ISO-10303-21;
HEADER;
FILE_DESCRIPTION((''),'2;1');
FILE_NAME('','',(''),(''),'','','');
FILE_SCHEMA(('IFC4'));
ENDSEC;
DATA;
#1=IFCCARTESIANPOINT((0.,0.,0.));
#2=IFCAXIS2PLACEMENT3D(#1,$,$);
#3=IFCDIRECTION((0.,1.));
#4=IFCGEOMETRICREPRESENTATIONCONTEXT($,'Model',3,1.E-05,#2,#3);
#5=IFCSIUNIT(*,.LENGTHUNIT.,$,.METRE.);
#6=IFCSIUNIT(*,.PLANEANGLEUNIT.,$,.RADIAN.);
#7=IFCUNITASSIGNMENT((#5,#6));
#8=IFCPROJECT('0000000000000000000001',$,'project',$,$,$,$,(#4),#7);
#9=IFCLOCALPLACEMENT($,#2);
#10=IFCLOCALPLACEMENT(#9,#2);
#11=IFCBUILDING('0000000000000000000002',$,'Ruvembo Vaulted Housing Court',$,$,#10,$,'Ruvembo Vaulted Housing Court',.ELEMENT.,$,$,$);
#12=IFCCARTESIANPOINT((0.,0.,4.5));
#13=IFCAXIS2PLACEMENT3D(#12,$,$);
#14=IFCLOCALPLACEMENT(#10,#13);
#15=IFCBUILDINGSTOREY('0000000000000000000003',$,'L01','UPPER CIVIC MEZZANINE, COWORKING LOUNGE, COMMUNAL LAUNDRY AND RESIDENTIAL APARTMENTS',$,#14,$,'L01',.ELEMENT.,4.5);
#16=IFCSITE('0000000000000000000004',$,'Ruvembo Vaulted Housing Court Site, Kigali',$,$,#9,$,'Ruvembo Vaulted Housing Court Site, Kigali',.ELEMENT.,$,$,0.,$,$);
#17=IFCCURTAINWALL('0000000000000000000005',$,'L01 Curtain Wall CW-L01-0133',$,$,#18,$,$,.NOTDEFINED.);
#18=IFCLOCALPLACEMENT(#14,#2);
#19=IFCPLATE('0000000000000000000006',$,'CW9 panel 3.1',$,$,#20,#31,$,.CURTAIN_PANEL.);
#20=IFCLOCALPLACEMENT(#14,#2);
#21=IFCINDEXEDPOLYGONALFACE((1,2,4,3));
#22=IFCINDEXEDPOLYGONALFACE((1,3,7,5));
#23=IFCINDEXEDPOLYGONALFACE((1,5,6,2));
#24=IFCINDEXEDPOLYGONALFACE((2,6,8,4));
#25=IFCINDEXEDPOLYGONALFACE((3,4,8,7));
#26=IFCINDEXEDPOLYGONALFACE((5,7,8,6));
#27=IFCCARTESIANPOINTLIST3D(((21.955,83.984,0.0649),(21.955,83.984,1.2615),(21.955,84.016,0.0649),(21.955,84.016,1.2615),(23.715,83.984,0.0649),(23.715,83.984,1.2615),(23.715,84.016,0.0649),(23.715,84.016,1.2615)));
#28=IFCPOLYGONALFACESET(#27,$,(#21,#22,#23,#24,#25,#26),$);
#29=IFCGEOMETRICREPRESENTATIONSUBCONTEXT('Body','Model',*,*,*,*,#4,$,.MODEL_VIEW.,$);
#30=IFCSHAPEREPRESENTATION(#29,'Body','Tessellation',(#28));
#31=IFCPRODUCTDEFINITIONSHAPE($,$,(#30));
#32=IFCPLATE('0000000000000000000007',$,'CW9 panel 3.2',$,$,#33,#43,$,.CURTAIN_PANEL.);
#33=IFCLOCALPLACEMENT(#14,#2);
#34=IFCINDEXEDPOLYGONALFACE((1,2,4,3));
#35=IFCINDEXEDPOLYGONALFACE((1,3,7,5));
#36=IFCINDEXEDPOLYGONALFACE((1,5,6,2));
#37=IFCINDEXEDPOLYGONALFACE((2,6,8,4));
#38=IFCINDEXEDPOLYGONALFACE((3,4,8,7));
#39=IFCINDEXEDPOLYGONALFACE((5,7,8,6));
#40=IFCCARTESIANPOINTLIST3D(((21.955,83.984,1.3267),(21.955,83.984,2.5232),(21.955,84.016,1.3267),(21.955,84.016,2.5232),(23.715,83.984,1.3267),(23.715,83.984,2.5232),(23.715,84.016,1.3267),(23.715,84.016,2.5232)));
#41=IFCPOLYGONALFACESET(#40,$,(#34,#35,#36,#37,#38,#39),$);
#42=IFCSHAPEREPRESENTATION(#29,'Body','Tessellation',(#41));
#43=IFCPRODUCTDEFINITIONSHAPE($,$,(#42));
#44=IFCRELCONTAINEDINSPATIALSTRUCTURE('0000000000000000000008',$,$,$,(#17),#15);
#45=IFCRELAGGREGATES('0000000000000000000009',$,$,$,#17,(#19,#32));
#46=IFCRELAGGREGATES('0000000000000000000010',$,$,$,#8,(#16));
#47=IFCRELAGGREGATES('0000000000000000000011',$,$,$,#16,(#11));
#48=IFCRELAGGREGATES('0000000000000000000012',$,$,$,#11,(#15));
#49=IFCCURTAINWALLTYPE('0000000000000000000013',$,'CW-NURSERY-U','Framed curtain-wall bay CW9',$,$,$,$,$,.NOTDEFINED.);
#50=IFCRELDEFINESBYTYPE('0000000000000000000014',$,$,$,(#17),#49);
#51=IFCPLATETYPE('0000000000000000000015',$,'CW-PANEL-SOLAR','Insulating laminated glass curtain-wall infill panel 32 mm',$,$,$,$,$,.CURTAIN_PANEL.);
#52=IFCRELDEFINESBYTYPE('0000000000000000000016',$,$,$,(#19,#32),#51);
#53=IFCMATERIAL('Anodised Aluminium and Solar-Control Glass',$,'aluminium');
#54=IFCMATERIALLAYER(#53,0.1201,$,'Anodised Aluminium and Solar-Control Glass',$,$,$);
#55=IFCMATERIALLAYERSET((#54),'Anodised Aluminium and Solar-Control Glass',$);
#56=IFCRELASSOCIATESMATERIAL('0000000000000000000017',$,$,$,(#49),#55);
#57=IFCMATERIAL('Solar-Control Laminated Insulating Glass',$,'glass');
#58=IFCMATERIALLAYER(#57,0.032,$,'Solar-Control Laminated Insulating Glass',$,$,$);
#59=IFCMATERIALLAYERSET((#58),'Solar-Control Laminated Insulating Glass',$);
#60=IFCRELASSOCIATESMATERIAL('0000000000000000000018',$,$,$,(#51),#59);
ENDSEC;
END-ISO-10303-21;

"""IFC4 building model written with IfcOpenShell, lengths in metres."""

from ifc_helpers import new_model, si_unit, direction, frame, origin, origin_2d, place, context, subcontext, project, spatial, rectangle, extrude, material, layer, layer_set, type_object, element, aggregate, save


model = new_model("IFC4")

# Units and contexts
model_context = context("Model", 3, precision=1e-05, world=origin(), true_north=direction((0.0, 1.0)))
body_context = subcontext(model_context, "Body", "Model", "MODEL_VIEW")
ifc_project = project(units=[si_unit("LENGTHUNIT", "METRE"), si_unit("PLANEANGLEUNIT", "RADIAN")], contexts=[model_context])

# Site, building, storey
site_placement = place(None, origin())
site = spatial("IfcSite", under=ifc_project, at=site_placement, Name="Ruvembo Vaulted Housing Court Site, Kigali", LongName="Ruvembo Vaulted Housing Court Site, Kigali", CompositionType="ELEMENT", RefElevation=0.0)
building_placement = place(site_placement, origin())
building = spatial("IfcBuilding", under=site, at=building_placement, Name="Ruvembo Vaulted Housing Court", LongName="Ruvembo Vaulted Housing Court", CompositionType="ELEMENT")
storey_placement = place(building_placement, frame((0.0, 0.0, 4.5)))
storey = spatial("IfcBuildingStorey", under=building, at=storey_placement, Name="L01", Description="UPPER CIVIC MEZZANINE, COWORKING LOUNGE, COMMUNAL LAUNDRY AND RESIDENTIAL APARTMENTS", LongName="L01", CompositionType="ELEMENT", Elevation=4.5)

# Curtain wall
ifc_material_1 = material(Name="Anodised Aluminium and Solar-Control Glass", Category="aluminium")
ifc_layer_1 = layer(ifc_material_1, 0.1201, Name="Anodised Aluminium and Solar-Control Glass")
ifc_layer_set_1 = layer_set([ifc_layer_1], Name="Anodised Aluminium and Solar-Control Glass")
curtain_wall_type = type_object("IfcCurtainWallType", Name="CW-NURSERY-U", Description="Framed curtain-wall bay CW9", PredefinedType="NOTDEFINED", material=ifc_layer_set_1)
curtain_wall_1_placement = place(storey_placement, origin())
curtain_wall_1 = element("IfcCurtainWall", 1, at=curtain_wall_1_placement, inside=storey, type_object=curtain_wall_type, Name="L01 Curtain Wall CW-L01-0133", PredefinedType="NOTDEFINED")

# Plates
ifc_material_2 = material(Name="Solar-Control Laminated Insulating Glass", Category="glass")
ifc_layer_2 = layer(ifc_material_2, 0.032, Name="Solar-Control Laminated Insulating Glass")
ifc_layer_set_2 = layer_set([ifc_layer_2], Name="Solar-Control Laminated Insulating Glass")
plate_type_1 = type_object("IfcPlateType", Name="CW-PANEL-SOLAR", Description="Insulating laminated glass curtain-wall infill panel 32 mm", PredefinedType="CURTAIN_PANEL", material=ifc_layer_set_2)
plate_1_placement = place(storey_placement, frame((22.835, 84.0, 0.0649), z_axis=(0.0, 0.0, 1.0), x_axis=(1.0, 0.0, 0.0)))
plate_1 = element("IfcPlate", 2, at=plate_1_placement, type_object=plate_type_1, Name="CW9 panel 3.1", PredefinedType="CURTAIN_PANEL", context=body_context, shape_type="SweptSolid", body=[
    extrude(rectangle(XDim=1.76, YDim=0.032, at=origin_2d()), origin(), (0.0, 0.0, 1.0), 1.1965),
])
plate_2_placement = place(storey_placement, frame((22.835, 84.0, 1.3267), z_axis=(0.0, 0.0, 1.0), x_axis=(1.0, 0.0, 0.0)))
plate_2 = element("IfcPlate", 3, at=plate_2_placement, type_object=plate_type_1, Name="CW9 panel 3.2", PredefinedType="CURTAIN_PANEL", context=body_context, shape_type="SweptSolid", body=[
    extrude(rectangle(XDim=1.76, YDim=0.032, at=origin_2d()), origin(), (0.0, 0.0, 1.0), 1.1965),
])
aggregate(curtain_wall_1, [plate_1, plate_2])

save(model, "model.ifc")
